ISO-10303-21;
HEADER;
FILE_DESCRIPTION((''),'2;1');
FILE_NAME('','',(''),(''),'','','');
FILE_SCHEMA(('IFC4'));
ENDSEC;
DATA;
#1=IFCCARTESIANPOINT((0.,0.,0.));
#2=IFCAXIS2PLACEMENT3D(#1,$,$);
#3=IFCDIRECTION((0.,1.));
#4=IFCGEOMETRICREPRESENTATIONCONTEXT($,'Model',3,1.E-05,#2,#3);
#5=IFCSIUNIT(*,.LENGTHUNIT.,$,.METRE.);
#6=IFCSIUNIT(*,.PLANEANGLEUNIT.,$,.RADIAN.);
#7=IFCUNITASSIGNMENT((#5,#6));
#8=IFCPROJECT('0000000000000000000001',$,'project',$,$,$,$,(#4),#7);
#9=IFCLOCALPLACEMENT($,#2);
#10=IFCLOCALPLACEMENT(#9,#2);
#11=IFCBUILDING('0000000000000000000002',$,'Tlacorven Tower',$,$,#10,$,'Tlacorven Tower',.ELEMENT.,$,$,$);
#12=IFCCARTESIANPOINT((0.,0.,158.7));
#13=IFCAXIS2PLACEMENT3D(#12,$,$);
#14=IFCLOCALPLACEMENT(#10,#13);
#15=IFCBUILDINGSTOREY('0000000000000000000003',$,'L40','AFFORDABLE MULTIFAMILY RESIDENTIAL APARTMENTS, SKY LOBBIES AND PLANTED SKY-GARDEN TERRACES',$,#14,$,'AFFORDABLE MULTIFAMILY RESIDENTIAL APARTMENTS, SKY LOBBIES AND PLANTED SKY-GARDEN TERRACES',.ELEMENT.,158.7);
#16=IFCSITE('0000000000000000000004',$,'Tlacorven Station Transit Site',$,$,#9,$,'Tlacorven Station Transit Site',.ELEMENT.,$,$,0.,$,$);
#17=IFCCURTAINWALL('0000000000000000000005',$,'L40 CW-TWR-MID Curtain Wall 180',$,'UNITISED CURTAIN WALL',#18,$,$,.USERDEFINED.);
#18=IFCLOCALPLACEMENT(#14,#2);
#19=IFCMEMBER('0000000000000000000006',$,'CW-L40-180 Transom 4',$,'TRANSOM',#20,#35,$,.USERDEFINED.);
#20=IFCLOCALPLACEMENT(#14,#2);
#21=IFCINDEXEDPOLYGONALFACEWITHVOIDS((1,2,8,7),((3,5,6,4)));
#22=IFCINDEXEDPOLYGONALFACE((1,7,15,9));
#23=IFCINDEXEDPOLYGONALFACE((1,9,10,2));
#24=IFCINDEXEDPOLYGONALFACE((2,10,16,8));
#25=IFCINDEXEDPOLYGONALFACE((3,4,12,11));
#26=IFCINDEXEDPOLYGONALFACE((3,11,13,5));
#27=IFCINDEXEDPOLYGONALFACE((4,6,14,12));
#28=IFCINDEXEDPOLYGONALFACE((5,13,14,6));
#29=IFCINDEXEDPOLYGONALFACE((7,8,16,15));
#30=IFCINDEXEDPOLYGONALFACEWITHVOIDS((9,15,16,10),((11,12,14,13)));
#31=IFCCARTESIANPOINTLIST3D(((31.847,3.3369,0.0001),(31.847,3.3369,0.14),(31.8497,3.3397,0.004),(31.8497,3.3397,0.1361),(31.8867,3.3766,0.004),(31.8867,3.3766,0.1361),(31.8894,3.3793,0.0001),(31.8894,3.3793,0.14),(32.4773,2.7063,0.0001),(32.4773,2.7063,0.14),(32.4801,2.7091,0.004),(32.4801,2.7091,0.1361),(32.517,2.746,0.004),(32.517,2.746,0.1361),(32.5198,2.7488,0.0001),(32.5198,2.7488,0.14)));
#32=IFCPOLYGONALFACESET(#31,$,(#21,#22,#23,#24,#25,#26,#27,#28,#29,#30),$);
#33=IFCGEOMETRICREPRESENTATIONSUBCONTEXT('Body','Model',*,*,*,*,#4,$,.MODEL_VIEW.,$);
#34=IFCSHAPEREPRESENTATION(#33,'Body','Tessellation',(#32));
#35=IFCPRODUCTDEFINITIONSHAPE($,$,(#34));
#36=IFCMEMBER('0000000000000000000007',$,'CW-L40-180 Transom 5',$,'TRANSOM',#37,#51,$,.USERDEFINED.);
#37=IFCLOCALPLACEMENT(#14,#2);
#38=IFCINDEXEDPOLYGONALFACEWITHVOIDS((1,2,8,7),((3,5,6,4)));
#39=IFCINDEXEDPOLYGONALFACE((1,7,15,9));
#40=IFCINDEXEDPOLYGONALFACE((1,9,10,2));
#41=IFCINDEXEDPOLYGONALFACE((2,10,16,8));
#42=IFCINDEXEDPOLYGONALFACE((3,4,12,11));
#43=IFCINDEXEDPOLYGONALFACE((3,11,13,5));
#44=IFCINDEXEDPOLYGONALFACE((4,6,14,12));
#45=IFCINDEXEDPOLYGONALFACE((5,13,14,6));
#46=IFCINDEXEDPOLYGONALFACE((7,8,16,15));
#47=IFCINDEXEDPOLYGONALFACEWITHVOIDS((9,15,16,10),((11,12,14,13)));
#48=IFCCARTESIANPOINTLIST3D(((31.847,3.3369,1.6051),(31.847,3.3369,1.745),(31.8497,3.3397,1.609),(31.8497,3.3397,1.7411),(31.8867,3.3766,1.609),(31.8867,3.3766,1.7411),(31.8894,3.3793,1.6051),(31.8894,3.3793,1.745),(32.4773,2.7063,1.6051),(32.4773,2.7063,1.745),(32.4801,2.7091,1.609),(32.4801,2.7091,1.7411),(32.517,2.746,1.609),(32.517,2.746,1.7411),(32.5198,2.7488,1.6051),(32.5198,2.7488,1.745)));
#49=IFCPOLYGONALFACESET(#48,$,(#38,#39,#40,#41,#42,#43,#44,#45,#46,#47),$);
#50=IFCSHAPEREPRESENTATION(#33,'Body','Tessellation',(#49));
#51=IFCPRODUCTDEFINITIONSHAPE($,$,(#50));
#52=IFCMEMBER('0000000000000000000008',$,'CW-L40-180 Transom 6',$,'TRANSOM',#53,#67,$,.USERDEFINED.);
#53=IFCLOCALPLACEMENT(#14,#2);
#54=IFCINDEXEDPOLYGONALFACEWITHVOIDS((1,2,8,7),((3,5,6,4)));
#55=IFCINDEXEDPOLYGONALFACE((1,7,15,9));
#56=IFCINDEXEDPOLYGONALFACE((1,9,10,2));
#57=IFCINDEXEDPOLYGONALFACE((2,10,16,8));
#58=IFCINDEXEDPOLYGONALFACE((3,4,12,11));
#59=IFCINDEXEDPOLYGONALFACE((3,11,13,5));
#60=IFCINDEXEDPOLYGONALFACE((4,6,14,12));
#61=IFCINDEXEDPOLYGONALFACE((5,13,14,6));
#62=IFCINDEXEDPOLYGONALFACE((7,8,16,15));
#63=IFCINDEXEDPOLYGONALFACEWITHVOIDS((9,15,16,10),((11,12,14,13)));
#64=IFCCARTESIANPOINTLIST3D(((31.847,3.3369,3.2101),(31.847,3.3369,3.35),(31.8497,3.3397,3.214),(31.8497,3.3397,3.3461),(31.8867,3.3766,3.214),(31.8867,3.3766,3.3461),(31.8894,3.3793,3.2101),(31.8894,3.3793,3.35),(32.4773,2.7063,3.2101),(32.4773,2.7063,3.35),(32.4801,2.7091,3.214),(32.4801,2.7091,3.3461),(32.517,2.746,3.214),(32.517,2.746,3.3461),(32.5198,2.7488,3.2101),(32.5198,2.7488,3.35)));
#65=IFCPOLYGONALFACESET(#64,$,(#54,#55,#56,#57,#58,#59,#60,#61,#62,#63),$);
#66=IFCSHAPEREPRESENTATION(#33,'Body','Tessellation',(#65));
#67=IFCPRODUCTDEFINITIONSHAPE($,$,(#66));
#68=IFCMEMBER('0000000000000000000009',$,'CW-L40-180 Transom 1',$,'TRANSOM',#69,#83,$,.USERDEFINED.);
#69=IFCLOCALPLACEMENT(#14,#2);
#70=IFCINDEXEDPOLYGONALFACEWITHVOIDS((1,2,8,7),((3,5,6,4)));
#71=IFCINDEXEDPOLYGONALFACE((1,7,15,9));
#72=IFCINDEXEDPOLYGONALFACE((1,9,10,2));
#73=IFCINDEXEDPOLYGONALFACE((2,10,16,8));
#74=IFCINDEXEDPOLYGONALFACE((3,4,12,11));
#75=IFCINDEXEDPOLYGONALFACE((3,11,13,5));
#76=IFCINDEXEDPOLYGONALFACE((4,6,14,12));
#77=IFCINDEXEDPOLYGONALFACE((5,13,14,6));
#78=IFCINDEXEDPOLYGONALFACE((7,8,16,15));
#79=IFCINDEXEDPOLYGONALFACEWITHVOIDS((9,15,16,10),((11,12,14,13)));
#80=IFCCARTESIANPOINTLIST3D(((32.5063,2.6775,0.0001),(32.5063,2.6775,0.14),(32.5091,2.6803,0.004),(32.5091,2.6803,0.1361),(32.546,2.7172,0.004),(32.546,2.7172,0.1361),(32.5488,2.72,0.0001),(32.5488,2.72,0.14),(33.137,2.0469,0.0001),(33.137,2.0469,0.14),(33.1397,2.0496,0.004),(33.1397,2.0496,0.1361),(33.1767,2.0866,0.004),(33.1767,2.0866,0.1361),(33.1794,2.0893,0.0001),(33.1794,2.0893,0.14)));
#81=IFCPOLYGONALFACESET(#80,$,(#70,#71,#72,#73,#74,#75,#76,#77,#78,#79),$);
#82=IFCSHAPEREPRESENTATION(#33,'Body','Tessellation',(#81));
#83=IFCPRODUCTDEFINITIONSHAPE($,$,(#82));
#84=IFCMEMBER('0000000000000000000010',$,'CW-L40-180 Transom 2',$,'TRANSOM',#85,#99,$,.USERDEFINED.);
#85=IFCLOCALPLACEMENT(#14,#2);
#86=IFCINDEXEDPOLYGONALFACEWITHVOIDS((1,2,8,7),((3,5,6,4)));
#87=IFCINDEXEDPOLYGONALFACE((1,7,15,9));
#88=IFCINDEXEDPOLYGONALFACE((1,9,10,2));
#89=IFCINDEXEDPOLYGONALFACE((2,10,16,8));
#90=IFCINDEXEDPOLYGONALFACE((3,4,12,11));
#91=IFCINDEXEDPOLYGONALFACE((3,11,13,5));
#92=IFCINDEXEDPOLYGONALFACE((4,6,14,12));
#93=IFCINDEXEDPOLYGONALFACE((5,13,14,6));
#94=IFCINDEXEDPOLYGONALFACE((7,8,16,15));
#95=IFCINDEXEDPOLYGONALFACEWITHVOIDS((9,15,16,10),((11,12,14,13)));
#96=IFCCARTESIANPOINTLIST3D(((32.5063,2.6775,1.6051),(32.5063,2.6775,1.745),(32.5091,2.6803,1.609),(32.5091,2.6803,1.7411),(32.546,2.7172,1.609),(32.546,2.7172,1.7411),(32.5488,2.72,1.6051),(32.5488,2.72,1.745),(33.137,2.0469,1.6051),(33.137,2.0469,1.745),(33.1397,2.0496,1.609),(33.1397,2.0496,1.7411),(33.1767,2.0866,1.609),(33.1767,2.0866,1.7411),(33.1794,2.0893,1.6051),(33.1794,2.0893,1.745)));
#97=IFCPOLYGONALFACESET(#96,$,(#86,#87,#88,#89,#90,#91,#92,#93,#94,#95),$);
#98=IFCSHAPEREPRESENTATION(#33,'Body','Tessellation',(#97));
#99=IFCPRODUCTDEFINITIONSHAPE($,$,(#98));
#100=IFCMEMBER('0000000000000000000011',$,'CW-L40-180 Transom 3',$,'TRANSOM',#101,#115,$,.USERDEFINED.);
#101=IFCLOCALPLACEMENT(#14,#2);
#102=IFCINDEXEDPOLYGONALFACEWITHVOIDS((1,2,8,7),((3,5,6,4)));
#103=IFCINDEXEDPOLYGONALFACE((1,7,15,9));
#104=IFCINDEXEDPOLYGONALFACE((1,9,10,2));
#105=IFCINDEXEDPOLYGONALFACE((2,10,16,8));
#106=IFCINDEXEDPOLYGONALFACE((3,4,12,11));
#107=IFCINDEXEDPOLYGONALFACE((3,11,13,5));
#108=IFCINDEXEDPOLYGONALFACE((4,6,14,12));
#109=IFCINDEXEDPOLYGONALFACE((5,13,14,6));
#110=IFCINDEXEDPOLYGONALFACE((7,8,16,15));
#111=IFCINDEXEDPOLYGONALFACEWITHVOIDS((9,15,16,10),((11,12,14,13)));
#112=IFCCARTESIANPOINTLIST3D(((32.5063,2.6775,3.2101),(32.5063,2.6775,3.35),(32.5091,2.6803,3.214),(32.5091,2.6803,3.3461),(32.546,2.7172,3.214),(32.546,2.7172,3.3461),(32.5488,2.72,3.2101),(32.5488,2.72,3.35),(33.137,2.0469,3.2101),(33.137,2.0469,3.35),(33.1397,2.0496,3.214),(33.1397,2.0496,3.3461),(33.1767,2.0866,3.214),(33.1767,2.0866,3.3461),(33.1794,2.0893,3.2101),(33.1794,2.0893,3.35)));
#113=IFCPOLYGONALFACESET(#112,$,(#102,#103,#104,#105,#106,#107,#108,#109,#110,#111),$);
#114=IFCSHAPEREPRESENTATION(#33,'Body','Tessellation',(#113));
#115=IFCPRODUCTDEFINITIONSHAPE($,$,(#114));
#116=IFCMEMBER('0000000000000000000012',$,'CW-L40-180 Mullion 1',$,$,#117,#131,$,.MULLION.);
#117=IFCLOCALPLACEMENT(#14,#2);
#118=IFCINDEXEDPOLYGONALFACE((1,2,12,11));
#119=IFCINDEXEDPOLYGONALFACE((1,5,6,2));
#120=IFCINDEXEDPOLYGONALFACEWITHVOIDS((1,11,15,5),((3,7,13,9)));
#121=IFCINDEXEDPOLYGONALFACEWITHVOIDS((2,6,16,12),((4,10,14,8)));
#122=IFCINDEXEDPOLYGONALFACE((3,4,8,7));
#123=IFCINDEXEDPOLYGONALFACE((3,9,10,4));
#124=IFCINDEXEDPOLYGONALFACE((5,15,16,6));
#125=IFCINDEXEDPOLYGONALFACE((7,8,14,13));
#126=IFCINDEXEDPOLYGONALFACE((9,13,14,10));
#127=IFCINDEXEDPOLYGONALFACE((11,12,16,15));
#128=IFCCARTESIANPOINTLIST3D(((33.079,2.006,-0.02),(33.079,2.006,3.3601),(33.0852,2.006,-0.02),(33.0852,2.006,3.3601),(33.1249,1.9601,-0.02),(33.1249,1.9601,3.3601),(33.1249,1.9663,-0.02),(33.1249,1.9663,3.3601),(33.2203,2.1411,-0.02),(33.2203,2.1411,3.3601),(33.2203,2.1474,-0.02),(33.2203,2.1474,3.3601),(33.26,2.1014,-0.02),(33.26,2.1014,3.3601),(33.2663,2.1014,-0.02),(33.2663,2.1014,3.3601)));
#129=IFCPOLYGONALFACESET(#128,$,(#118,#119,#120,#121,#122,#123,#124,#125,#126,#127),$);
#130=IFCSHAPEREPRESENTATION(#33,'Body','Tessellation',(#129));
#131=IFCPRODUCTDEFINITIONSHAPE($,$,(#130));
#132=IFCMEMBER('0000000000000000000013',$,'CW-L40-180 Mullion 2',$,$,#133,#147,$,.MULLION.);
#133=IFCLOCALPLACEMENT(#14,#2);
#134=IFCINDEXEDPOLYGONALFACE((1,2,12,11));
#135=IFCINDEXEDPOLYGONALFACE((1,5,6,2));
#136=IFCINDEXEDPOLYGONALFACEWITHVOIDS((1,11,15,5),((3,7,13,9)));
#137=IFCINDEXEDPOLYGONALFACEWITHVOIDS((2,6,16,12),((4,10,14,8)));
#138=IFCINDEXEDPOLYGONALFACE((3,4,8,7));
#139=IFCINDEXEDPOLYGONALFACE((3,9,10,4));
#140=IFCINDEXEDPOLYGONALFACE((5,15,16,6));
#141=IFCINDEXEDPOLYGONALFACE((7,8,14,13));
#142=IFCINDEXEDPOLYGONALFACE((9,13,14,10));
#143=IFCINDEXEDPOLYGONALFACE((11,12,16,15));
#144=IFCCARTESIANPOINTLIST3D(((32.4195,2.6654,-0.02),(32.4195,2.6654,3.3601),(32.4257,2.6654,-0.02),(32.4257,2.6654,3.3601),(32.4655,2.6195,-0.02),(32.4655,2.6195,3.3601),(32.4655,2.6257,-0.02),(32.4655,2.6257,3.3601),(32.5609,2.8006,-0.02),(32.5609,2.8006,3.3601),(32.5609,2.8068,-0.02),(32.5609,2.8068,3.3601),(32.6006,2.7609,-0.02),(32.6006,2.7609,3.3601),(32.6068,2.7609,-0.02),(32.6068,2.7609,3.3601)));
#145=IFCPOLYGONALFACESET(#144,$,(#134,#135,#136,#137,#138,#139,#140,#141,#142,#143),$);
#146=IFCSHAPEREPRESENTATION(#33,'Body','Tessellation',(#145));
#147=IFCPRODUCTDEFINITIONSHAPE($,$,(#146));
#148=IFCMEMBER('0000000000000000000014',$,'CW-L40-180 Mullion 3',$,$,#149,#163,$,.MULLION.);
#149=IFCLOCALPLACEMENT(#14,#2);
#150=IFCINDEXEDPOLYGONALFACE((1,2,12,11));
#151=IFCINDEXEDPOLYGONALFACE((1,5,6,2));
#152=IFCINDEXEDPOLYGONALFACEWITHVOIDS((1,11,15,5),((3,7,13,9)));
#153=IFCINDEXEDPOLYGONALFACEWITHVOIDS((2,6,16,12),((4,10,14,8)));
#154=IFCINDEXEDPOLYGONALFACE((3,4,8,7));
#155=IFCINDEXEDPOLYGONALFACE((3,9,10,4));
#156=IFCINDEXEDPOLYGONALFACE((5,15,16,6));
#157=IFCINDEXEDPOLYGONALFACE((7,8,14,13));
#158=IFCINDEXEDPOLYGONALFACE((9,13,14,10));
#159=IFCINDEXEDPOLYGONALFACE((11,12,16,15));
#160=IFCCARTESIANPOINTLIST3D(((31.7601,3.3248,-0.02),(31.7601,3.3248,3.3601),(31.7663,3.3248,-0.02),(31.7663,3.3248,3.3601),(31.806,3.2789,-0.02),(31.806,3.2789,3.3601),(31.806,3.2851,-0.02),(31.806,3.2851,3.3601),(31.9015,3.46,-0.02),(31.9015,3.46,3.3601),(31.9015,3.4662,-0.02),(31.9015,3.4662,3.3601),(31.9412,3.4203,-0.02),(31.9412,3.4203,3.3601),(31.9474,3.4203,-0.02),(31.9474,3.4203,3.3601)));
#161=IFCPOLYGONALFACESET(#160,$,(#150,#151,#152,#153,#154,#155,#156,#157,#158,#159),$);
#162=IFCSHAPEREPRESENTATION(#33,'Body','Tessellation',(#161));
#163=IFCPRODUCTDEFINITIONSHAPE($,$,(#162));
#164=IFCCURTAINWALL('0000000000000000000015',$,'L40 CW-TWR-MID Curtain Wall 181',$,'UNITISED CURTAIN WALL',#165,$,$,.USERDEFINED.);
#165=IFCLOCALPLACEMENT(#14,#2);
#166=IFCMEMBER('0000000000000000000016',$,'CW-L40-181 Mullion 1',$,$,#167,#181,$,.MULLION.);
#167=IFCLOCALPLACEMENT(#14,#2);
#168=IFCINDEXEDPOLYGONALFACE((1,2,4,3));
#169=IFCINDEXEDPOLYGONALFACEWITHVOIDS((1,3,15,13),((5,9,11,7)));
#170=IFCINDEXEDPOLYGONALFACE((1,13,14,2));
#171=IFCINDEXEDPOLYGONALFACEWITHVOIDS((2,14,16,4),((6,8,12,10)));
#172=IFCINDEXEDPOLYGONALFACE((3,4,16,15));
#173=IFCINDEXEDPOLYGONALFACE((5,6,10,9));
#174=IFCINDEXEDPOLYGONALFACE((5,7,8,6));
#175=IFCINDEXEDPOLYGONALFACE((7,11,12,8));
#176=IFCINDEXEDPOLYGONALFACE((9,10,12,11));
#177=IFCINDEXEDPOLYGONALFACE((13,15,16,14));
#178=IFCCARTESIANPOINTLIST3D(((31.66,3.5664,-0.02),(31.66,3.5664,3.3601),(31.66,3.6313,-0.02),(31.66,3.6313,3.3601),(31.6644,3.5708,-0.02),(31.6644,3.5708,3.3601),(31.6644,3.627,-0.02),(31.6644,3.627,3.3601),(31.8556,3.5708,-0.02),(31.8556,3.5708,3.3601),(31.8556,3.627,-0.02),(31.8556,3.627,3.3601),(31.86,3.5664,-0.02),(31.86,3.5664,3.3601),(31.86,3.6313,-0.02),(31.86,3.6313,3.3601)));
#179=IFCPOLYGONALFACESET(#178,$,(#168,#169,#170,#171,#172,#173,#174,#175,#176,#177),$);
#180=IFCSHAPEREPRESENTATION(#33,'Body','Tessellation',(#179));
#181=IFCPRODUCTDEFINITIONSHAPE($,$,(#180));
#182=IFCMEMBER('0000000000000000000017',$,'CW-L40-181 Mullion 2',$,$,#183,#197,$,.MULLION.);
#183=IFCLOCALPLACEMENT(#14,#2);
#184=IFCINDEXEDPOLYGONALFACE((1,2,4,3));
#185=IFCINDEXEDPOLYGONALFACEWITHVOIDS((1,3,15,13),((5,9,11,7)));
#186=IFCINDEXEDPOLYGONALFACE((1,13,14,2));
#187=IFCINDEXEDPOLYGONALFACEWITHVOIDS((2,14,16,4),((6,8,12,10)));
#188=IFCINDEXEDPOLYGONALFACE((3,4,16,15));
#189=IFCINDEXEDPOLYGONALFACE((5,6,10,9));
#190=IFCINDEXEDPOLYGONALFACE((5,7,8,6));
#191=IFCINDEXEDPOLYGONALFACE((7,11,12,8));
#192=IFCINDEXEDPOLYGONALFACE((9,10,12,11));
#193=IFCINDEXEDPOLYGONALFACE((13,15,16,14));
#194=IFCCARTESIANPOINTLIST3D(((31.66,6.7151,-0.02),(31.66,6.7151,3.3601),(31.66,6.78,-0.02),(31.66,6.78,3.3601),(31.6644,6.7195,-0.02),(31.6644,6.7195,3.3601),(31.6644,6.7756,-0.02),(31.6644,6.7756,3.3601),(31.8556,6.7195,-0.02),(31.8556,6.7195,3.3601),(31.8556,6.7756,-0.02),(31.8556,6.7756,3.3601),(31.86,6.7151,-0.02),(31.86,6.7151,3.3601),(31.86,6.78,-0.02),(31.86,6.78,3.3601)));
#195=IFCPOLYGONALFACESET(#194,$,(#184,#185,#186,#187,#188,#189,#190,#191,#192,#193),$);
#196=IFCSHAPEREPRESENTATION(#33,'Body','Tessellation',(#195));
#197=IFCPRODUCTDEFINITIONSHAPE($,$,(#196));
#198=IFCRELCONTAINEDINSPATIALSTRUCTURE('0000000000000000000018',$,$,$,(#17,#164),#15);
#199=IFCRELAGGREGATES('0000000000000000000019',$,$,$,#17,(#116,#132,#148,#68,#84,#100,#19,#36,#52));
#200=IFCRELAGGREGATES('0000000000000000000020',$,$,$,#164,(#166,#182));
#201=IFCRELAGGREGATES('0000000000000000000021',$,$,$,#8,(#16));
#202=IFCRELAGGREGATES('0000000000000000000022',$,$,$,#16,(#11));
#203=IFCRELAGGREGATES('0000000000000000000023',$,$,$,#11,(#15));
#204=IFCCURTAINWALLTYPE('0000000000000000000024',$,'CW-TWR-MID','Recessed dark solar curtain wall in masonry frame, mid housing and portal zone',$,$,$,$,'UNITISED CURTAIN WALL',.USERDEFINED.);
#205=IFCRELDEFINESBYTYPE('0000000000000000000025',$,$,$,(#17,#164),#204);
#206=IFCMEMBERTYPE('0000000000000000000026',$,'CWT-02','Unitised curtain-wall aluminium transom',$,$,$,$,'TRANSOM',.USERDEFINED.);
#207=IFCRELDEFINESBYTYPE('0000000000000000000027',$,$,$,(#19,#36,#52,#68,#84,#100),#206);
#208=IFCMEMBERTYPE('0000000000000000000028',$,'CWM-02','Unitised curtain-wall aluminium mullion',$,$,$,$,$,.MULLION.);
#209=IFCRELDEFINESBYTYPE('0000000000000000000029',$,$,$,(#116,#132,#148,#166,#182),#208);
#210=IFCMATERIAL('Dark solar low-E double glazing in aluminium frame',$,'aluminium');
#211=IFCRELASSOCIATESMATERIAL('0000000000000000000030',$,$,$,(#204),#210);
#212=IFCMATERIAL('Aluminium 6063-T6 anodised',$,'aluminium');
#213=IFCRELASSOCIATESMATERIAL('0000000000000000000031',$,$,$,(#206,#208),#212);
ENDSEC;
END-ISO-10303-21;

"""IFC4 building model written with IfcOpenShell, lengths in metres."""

from ifc_helpers import new_model, si_unit, direction, frame, origin, origin_2d, place, context, subcontext, project, spatial, hollow_rectangle, extrude, source, transform, mapped, material, material_profile, profile_set, type_object, element, aggregate, save


model = new_model("IFC4")

# Units and contexts
model_context = context("Model", 3, precision=1e-05, world=origin(), true_north=direction((0.0, 1.0)))
body_context = subcontext(model_context, "Body", "Model", "MODEL_VIEW")
ifc_project = project(units=[si_unit("LENGTHUNIT", "METRE"), si_unit("PLANEANGLEUNIT", "RADIAN")], contexts=[model_context])

# Site, building, storey
site_placement = place(None, origin())
site = spatial("IfcSite", under=ifc_project, at=site_placement, Name="Tlacorven Station Transit Site", LongName="Tlacorven Station Transit Site", CompositionType="ELEMENT", RefElevation=0.0)
building_placement = place(site_placement, origin())
building = spatial("IfcBuilding", under=site, at=building_placement, Name="Tlacorven Tower", LongName="Tlacorven Tower", CompositionType="ELEMENT")
storey_placement = place(building_placement, frame((0.0, 0.0, 158.7)))
storey = spatial("IfcBuildingStorey", under=building, at=storey_placement, Name="L40", Description="AFFORDABLE MULTIFAMILY RESIDENTIAL APARTMENTS, SKY LOBBIES AND PLANTED SKY-GARDEN TERRACES", LongName="AFFORDABLE MULTIFAMILY RESIDENTIAL APARTMENTS, SKY LOBBIES AND PLANTED SKY-GARDEN TERRACES", CompositionType="ELEMENT", Elevation=158.7)

# Curtain walls, members
ifc_material_1 = material(Name="Dark solar low-E double glazing in aluminium frame", Category="aluminium")
curtain_wall_type = type_object("IfcCurtainWallType", Name="CW-TWR-MID", Description="Recessed dark solar curtain wall in masonry frame, mid housing and portal zone", ElementType="UNITISED CURTAIN WALL", PredefinedType="USERDEFINED", material=ifc_material_1)
curtain_wall_1_placement = place(storey_placement, origin())
curtain_wall_1 = element("IfcCurtainWall", 1, at=curtain_wall_1_placement, inside=storey, type_object=curtain_wall_type, Name="L40 CW-TWR-MID Curtain Wall 180", ObjectType="UNITISED CURTAIN WALL", PredefinedType="USERDEFINED")
ifc_material_2 = material(Name="Aluminium 6063-T6 anodised", Category="aluminium")
ifc_material_profile_1 = material_profile(ifc_material_2, hollow_rectangle(XDim=0.0601, YDim=0.1399, WallThickness=0.0039, at=origin_2d()), Name="ALU TRANSOM 60X140")
ifc_profile_set_1 = profile_set([ifc_material_profile_1], Name="Aluminium 6063-T6 anodised")
member_type_1 = type_object("IfcMemberType", Name="CWT-02", Description="Unitised curtain-wall aluminium transom", ElementType="TRANSOM", PredefinedType="USERDEFINED", material=ifc_profile_set_1)
shared_shape_1 = source(origin(), body_context, "Body", "SweptSolid", [
    extrude(hollow_rectangle(XDim=0.0601, YDim=0.1399, WallThickness=0.0039, at=origin_2d()), origin(), (0.0, 0.0, 1.0), 0.8916),
])
member_1_placement = place(storey_placement, frame((32.4985, 2.7275, 0.0701), z_axis=(-0.70697, 0.707244, 0.0), x_axis=(-0.707244, -0.70697, 0.0)))
member_1 = element("IfcMember", 2, at=member_1_placement, type_object=member_type_1, Name="CW-L40-180 Transom 4", ObjectType="TRANSOM", PredefinedType="USERDEFINED", context=body_context, shape_type="MappedRepresentation", body=[
    mapped(shared_shape_1, transform((0.0, 0.0, 0.0), scale=1.0)),
])
member_2_placement = place(storey_placement, frame((32.4985, 2.7275, 1.675), z_axis=(-0.70697, 0.707244, 0.0), x_axis=(-0.707244, -0.70697, 0.0)))
member_2 = element("IfcMember", 3, at=member_2_placement, type_object=member_type_1, Name="CW-L40-180 Transom 5", ObjectType="TRANSOM", PredefinedType="USERDEFINED", context=body_context, shape_type="MappedRepresentation", body=[
    mapped(shared_shape_1, transform((0.0, 0.0, 0.0), scale=1.0)),
])
member_3_placement = place(storey_placement, frame((32.4985, 2.7275, 3.28), z_axis=(-0.70697, 0.707244, 0.0), x_axis=(-0.707244, -0.70697, 0.0)))
member_3 = element("IfcMember", 4, at=member_3_placement, type_object=member_type_1, Name="CW-L40-180 Transom 6", ObjectType="TRANSOM", PredefinedType="USERDEFINED", context=body_context, shape_type="MappedRepresentation", body=[
    mapped(shared_shape_1, transform((0.0, 0.0, 0.0), scale=1.0)),
])
shared_shape_2 = source(origin(), body_context, "Body", "SweptSolid", [
    extrude(hollow_rectangle(XDim=0.0601, YDim=0.1399, WallThickness=0.0039, at=origin_2d()), origin(), (0.0, 0.0, 1.0), 0.8918),
])
member_4_placement = place(storey_placement, frame((33.1582, 2.0681, 0.0701), z_axis=(-0.707107, 0.707107, 0.0), x_axis=(-0.707107, -0.707107, 0.0)))
member_4 = element("IfcMember", 5, at=member_4_placement, type_object=member_type_1, Name="CW-L40-180 Transom 1", ObjectType="TRANSOM", PredefinedType="USERDEFINED", context=body_context, shape_type="MappedRepresentation", body=[
    mapped(shared_shape_2, transform((0.0, 0.0, 0.0), scale=1.0)),
])
member_5_placement = place(storey_placement, frame((33.1582, 2.0681, 1.675), z_axis=(-0.707107, 0.707107, 0.0), x_axis=(-0.707107, -0.707107, 0.0)))
member_5 = element("IfcMember", 6, at=member_5_placement, type_object=member_type_1, Name="CW-L40-180 Transom 2", ObjectType="TRANSOM", PredefinedType="USERDEFINED", context=body_context, shape_type="MappedRepresentation", body=[
    mapped(shared_shape_2, transform((0.0, 0.0, 0.0), scale=1.0)),
])
member_6_placement = place(storey_placement, frame((33.1582, 2.0681, 3.28), z_axis=(-0.707107, 0.707107, 0.0), x_axis=(-0.707107, -0.707107, 0.0)))
member_6 = element("IfcMember", 7, at=member_6_placement, type_object=member_type_1, Name="CW-L40-180 Transom 3", ObjectType="TRANSOM", PredefinedType="USERDEFINED", context=body_context, shape_type="MappedRepresentation", body=[
    mapped(shared_shape_2, transform((0.0, 0.0, 0.0), scale=1.0)),
])
ifc_material_profile_2 = material_profile(ifc_material_2, hollow_rectangle(XDim=0.0649, YDim=0.2, WallThickness=0.0044, at=origin_2d()), Name="ALU MULLION 65X200")
ifc_profile_set_2 = profile_set([ifc_material_profile_2], Name="Aluminium 6063-T6 anodised")
member_type_2 = type_object("IfcMemberType", Name="CWM-02", Description="Unitised curtain-wall aluminium mullion", PredefinedType="MULLION", material=ifc_profile_set_2)
shared_shape_3 = source(origin(), body_context, "Body", "SweptSolid", [
    extrude(hollow_rectangle(XDim=0.0649, YDim=0.2, WallThickness=0.0044, at=origin_2d()), origin(), (0.0, 0.0, 1.0), 3.3801),
])
member_7_placement = place(storey_placement, frame((33.1726, 2.0537, -0.02), z_axis=(0.0, 0.0, 1.0), x_axis=(-0.707107, 0.707107, 0.0)))
member_7 = element("IfcMember", 8, at=member_7_placement, type_object=member_type_2, Name="CW-L40-180 Mullion 1", PredefinedType="MULLION", context=body_context, shape_type="MappedRepresentation", body=[
    mapped(shared_shape_3, transform((0.0, 0.0, 0.0), scale=1.0)),
])
member_8_placement = place(storey_placement, frame((32.5132, 2.7131, -0.02), z_axis=(0.0, 0.0, 1.0), x_axis=(-0.707107, 0.707107, 0.0)))
member_8 = element("IfcMember", 9, at=member_8_placement, type_object=member_type_2, Name="CW-L40-180 Mullion 2", PredefinedType="MULLION", context=body_context, shape_type="MappedRepresentation", body=[
    mapped(shared_shape_3, transform((0.0, 0.0, 0.0), scale=1.0)),
])
member_9_placement = place(storey_placement, frame((31.8538, 3.3726, -0.02), z_axis=(0.0, 0.0, 1.0), x_axis=(-0.707107, 0.707107, 0.0)))
member_9 = element("IfcMember", 10, at=member_9_placement, type_object=member_type_2, Name="CW-L40-180 Mullion 3", PredefinedType="MULLION", context=body_context, shape_type="MappedRepresentation", body=[
    mapped(shared_shape_3, transform((0.0, 0.0, 0.0), scale=1.0)),
])
curtain_wall_2_placement = place(storey_placement, origin())
curtain_wall_2 = element("IfcCurtainWall", 11, at=curtain_wall_2_placement, inside=storey, type_object=curtain_wall_type, Name="L40 CW-TWR-MID Curtain Wall 181", ObjectType="UNITISED CURTAIN WALL", PredefinedType="USERDEFINED")
member_10_placement = place(storey_placement, frame((31.76, 3.5989, -0.02), z_axis=(0.0, 0.0, 1.0), x_axis=(0.0, 1.0, 0.0)))
member_10 = element("IfcMember", 12, at=member_10_placement, type_object=member_type_2, Name="CW-L40-181 Mullion 1", PredefinedType="MULLION", context=body_context, shape_type="MappedRepresentation", body=[
    mapped(shared_shape_3, transform((0.0, 0.0, 0.0), scale=1.0)),
])
member_11_placement = place(storey_placement, frame((31.76, 6.7476, -0.02), z_axis=(0.0, 0.0, 1.0), x_axis=(0.0, 1.0, 0.0)))
member_11 = element("IfcMember", 13, at=member_11_placement, type_object=member_type_2, Name="CW-L40-181 Mullion 2", PredefinedType="MULLION", context=body_context, shape_type="MappedRepresentation", body=[
    mapped(shared_shape_3, transform((0.0, 0.0, 0.0), scale=1.0)),
])

aggregate(curtain_wall_1, [member_7, member_8, member_9, member_4, member_5, member_6, member_1, member_2, member_3])
aggregate(curtain_wall_2, [member_10, member_11])

save(model, "model.ifc")
